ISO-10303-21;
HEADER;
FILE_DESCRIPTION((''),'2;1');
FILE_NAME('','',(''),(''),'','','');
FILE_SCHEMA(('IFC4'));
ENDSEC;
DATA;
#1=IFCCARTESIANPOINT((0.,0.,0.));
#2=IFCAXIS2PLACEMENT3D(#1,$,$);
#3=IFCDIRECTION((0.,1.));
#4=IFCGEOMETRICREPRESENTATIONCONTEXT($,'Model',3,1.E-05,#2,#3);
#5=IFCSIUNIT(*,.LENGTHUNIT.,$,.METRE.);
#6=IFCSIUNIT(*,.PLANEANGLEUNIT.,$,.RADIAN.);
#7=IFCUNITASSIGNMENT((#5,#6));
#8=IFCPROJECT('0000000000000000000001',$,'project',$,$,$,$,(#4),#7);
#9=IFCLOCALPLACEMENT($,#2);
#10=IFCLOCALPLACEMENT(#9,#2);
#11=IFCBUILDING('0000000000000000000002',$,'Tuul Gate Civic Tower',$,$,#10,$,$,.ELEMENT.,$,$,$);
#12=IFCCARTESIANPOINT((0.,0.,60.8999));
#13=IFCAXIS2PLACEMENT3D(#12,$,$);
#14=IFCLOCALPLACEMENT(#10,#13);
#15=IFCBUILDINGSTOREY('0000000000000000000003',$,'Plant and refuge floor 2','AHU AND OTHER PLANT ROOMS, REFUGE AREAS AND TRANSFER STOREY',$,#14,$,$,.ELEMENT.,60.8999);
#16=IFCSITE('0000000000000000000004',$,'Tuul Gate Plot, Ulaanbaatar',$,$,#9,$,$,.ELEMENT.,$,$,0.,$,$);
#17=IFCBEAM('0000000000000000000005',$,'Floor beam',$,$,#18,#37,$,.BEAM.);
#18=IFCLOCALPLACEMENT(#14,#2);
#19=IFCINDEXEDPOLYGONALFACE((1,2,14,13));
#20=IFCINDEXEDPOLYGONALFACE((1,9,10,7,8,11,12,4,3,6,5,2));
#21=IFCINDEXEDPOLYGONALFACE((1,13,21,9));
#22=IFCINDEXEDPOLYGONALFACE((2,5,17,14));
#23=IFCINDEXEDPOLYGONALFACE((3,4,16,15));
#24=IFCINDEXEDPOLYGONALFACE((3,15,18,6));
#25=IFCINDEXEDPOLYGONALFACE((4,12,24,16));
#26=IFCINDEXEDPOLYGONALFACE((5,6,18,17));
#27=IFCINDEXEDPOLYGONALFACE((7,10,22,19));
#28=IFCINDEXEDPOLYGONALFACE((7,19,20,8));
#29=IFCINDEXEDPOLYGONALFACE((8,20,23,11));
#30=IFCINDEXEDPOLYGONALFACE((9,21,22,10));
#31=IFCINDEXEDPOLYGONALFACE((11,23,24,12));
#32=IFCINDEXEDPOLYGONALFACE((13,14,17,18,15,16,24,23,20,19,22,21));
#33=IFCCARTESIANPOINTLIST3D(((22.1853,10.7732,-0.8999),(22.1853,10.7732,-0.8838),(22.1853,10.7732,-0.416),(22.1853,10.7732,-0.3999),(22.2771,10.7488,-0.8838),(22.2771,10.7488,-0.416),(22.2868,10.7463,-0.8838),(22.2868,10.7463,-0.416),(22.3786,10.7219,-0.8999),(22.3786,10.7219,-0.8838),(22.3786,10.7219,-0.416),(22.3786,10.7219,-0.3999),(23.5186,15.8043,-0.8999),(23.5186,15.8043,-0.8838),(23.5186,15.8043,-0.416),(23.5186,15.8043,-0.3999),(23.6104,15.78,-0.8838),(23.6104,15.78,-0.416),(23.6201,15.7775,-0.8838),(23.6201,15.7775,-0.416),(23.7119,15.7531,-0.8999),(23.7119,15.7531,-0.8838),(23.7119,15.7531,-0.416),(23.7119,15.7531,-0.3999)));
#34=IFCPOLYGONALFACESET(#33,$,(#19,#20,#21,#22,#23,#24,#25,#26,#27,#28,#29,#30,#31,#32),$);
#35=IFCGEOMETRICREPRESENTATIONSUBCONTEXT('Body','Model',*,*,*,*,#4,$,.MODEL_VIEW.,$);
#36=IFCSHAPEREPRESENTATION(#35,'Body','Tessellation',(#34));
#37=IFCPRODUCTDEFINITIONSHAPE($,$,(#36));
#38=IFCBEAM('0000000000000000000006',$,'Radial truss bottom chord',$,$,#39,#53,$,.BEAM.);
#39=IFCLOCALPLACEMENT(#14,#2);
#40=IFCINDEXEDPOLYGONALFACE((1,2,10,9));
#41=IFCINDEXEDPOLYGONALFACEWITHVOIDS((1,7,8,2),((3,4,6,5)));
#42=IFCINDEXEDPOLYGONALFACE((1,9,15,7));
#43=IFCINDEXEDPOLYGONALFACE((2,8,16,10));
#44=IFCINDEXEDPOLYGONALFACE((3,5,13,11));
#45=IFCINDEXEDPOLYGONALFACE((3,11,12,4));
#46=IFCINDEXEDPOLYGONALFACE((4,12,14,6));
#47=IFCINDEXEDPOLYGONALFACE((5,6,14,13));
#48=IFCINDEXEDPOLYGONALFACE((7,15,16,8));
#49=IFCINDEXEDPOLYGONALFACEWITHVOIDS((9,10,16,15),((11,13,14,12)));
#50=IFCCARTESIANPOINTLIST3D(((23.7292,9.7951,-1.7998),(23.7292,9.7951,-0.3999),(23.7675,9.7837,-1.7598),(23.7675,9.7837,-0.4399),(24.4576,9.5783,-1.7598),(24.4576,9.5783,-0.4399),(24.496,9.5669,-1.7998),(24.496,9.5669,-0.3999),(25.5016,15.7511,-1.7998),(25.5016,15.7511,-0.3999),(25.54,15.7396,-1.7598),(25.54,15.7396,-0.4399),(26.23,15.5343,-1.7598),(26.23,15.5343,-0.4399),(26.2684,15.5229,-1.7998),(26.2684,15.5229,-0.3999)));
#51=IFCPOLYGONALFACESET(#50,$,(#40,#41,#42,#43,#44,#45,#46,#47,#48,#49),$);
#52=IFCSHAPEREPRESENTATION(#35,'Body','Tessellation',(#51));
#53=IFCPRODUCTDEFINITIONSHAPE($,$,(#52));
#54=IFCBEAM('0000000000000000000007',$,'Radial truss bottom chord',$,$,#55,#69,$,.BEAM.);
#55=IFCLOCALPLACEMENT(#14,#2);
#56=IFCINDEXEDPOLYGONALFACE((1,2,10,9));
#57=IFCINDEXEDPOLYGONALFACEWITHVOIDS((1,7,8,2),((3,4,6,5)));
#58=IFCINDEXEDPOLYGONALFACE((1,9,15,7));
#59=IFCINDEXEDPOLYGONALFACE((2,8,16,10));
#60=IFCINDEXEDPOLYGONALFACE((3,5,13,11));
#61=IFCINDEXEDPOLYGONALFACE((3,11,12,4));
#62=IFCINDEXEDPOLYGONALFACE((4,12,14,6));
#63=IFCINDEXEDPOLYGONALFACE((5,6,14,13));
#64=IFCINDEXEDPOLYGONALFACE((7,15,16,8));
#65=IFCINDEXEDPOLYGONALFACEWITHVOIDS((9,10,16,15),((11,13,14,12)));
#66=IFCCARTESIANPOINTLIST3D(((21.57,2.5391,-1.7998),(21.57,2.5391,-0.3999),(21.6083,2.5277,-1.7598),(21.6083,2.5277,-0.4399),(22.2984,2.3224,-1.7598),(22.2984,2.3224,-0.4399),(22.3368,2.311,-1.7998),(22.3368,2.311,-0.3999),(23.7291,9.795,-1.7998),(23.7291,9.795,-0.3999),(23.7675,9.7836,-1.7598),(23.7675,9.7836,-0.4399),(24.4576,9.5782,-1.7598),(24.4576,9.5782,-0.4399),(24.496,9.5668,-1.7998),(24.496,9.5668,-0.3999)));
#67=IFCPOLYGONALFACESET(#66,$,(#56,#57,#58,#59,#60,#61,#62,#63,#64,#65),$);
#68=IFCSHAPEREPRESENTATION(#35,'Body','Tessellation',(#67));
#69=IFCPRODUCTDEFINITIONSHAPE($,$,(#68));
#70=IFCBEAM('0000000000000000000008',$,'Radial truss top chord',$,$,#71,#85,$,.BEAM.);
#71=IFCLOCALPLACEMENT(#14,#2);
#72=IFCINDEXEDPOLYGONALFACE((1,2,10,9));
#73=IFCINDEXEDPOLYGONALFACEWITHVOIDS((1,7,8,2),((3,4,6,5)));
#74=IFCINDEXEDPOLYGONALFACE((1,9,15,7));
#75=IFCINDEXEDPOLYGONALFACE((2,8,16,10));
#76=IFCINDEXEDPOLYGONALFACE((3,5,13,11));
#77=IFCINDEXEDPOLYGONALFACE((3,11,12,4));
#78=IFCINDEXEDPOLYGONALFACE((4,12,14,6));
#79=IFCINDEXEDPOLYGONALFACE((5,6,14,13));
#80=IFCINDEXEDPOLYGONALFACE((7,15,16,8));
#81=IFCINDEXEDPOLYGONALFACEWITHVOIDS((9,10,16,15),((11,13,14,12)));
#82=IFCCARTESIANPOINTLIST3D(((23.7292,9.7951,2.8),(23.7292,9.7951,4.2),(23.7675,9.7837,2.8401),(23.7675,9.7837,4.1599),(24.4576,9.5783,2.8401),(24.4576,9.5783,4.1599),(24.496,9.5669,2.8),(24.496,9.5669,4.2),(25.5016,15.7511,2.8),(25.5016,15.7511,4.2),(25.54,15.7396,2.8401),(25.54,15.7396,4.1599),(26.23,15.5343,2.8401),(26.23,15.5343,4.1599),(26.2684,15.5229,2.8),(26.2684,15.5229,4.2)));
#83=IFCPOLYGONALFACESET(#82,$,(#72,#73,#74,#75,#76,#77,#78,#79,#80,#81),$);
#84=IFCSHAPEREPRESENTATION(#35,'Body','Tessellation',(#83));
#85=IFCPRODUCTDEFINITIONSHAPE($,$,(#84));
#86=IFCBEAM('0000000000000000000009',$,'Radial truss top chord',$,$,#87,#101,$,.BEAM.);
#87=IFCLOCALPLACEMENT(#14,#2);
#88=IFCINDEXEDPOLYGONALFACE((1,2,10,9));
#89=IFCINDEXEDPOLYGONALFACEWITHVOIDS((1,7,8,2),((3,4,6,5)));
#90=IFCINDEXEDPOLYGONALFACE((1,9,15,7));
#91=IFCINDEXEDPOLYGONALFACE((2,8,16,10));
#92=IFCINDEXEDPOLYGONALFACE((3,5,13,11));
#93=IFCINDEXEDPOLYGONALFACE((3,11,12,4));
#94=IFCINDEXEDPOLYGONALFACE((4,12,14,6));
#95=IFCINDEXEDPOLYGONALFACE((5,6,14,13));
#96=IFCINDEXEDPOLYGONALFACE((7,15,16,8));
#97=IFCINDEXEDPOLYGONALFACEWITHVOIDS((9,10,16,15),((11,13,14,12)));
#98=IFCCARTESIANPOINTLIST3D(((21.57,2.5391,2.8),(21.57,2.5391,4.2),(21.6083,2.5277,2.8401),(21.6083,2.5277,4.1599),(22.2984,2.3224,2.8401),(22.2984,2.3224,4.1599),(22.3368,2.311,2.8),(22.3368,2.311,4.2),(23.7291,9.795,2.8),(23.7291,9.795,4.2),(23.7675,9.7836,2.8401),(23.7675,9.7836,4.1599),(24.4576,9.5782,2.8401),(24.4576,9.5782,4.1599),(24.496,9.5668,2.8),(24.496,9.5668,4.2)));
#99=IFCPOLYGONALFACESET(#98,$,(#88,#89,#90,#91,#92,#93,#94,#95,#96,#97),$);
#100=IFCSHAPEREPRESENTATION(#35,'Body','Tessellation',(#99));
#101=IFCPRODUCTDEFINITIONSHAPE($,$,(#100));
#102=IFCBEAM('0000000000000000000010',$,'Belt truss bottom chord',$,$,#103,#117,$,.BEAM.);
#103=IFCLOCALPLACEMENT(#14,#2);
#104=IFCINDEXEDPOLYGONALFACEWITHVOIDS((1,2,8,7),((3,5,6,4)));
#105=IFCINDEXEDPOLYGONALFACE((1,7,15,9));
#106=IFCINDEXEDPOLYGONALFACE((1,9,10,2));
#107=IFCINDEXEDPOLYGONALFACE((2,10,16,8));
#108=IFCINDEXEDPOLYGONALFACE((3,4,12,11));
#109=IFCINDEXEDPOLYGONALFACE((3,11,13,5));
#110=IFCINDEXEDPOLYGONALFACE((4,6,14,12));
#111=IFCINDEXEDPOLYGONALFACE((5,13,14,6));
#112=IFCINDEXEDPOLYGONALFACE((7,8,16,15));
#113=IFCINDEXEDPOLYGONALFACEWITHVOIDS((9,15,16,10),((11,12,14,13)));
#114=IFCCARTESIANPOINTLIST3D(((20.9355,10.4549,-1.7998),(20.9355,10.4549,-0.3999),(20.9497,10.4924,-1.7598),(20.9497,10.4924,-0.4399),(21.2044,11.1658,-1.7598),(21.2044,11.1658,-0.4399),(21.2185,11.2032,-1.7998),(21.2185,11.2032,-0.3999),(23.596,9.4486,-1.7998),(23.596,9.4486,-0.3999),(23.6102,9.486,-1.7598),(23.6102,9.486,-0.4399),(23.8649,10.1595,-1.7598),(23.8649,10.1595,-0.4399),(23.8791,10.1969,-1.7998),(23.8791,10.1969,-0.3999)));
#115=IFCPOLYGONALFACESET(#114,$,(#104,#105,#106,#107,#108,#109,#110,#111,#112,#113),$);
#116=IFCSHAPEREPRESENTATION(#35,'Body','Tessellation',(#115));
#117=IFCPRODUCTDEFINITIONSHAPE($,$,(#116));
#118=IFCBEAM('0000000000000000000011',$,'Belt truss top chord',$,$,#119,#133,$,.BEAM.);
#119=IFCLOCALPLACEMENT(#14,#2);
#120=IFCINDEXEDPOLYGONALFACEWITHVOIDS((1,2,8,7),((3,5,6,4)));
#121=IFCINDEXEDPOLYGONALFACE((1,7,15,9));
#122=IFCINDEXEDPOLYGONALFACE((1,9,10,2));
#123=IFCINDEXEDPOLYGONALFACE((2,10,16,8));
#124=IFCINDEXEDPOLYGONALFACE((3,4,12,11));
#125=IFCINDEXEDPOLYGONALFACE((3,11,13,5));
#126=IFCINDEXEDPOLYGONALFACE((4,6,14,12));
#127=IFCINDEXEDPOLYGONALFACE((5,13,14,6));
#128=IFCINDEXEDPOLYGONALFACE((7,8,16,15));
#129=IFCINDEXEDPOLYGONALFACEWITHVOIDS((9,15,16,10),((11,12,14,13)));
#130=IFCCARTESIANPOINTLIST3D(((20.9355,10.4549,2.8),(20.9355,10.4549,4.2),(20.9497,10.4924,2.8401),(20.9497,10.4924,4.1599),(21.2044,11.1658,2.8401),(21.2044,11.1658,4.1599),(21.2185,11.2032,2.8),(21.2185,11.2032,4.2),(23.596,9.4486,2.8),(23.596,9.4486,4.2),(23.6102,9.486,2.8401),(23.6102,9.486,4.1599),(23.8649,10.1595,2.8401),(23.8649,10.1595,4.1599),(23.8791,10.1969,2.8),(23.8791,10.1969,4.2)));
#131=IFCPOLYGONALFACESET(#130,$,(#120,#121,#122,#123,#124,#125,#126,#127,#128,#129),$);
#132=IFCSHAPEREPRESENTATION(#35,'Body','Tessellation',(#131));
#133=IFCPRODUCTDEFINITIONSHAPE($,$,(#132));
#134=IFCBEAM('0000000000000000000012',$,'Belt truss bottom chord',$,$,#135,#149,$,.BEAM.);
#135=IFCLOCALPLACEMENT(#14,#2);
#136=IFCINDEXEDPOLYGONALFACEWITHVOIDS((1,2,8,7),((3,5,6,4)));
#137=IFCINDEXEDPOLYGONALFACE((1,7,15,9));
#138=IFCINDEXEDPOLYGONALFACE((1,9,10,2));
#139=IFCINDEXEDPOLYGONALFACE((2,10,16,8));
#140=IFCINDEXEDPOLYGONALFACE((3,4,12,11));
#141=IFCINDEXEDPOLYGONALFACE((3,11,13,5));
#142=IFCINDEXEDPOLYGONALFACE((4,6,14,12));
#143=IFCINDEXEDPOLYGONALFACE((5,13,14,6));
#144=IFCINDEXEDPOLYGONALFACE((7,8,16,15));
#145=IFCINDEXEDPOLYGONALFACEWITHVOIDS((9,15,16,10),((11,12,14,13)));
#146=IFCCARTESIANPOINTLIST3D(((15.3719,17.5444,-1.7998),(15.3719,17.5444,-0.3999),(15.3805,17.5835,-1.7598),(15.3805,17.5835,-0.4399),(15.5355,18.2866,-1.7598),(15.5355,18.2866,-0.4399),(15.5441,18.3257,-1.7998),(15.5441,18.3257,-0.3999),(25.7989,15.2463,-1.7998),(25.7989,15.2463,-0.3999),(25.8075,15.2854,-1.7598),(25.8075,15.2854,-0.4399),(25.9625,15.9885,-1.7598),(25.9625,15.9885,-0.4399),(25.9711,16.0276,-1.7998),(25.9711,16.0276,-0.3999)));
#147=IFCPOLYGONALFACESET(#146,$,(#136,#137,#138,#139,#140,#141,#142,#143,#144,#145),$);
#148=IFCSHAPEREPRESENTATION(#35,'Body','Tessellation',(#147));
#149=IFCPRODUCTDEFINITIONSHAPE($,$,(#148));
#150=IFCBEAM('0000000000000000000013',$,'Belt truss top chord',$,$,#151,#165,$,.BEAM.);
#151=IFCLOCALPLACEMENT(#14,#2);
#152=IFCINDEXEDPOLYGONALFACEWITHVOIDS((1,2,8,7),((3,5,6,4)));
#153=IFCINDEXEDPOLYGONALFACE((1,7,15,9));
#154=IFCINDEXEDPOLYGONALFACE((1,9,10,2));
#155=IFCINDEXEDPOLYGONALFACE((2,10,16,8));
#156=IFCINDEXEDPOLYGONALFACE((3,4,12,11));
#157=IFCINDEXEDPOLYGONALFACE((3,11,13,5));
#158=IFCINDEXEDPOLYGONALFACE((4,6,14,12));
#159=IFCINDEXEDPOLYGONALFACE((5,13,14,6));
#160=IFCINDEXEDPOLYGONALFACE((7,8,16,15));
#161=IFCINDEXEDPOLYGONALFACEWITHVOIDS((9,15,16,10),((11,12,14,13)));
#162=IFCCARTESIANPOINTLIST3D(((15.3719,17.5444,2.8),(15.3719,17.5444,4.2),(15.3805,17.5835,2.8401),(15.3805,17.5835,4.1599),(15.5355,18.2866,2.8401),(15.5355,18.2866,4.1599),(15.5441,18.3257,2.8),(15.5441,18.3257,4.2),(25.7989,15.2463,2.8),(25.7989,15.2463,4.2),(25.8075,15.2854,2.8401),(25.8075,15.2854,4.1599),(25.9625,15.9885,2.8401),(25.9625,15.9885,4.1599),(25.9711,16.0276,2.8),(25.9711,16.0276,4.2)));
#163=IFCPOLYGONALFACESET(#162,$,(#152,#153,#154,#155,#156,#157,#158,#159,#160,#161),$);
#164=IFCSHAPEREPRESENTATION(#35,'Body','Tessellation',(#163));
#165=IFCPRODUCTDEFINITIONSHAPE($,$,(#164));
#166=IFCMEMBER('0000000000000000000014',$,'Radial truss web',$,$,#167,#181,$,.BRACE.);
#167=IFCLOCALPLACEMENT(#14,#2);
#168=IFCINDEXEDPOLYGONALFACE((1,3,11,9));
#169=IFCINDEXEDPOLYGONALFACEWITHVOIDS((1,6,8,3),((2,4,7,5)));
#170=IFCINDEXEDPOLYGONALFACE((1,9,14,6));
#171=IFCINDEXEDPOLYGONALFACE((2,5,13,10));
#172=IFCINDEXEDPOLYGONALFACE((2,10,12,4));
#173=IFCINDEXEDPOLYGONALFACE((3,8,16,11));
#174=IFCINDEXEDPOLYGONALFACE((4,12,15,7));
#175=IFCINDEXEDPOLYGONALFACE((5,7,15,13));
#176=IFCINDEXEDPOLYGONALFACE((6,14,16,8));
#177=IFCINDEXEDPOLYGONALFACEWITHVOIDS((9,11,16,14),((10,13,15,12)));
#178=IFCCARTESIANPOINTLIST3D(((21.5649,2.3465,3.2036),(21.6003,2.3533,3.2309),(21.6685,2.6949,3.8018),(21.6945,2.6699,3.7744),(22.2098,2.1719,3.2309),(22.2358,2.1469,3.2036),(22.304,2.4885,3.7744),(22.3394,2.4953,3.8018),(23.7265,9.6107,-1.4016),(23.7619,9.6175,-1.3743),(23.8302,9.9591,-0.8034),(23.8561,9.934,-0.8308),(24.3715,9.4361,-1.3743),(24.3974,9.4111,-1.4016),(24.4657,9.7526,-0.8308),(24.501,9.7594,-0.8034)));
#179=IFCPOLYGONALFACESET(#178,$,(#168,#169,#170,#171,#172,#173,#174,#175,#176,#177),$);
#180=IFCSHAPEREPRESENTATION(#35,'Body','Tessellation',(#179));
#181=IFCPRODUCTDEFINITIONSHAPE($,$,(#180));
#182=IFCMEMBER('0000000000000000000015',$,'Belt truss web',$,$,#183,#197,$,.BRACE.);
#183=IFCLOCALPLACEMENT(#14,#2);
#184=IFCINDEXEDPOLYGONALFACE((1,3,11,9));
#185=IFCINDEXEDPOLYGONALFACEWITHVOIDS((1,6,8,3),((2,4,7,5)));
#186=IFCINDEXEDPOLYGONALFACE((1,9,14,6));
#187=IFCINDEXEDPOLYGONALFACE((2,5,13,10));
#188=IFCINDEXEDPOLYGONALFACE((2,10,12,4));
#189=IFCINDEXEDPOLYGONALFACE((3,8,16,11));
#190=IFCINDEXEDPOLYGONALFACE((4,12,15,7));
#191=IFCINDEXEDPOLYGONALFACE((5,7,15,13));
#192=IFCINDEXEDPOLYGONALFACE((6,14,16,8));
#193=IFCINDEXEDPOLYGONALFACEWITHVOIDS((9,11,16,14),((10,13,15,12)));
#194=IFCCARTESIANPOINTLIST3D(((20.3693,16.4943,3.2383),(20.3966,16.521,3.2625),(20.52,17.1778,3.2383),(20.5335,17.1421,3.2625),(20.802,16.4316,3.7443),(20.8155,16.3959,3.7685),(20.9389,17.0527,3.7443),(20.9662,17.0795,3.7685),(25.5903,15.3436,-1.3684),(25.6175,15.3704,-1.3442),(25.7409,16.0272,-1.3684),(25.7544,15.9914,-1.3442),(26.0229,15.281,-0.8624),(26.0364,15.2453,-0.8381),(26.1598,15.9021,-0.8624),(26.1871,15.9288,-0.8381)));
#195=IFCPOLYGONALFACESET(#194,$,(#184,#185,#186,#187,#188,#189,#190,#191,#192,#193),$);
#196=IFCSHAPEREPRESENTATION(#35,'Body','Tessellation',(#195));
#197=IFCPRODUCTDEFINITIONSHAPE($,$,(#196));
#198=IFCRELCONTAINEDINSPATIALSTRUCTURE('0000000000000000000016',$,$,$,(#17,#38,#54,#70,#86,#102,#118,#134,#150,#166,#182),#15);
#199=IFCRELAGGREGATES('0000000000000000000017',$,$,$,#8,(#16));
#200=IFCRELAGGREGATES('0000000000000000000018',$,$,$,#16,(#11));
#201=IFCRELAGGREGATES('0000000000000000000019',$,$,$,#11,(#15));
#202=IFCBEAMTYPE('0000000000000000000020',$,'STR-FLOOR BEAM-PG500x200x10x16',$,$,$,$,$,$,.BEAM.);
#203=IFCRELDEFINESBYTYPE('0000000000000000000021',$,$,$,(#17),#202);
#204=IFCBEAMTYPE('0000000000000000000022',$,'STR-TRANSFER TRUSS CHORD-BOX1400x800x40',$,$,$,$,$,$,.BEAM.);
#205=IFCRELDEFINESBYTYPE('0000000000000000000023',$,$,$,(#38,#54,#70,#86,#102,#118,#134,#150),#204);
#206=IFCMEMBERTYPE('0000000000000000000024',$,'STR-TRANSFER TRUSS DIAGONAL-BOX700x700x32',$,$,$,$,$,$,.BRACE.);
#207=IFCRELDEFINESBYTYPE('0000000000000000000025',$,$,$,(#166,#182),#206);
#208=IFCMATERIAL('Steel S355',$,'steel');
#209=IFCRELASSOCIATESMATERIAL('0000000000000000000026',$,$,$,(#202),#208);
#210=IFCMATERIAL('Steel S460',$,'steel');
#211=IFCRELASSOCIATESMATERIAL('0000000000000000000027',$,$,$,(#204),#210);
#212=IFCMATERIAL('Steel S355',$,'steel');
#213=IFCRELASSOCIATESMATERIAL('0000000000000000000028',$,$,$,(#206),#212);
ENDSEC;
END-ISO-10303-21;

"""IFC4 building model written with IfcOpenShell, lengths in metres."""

from ifc_helpers import new_model, si_unit, direction, frame, origin, origin_2d, place, context, subcontext, project, spatial, hollow_rectangle, i_section, extrude, material, material_profile, profile_set, type_object, element, save


model = new_model("IFC4")

# Units and contexts
model_context = context("Model", 3, precision=1e-05, world=origin(), true_north=direction((0.0, 1.0)))
body_context = subcontext(model_context, "Body", "Model", "MODEL_VIEW")
ifc_project = project(units=[si_unit("LENGTHUNIT", "METRE"), si_unit("PLANEANGLEUNIT", "RADIAN")], contexts=[model_context])

# Site, building, storey
site_placement = place(None, origin())
site = spatial("IfcSite", under=ifc_project, at=site_placement, Name="Tuul Gate Plot, Ulaanbaatar", CompositionType="ELEMENT", RefElevation=0.0)
building_placement = place(site_placement, origin())
building = spatial("IfcBuilding", under=site, at=building_placement, Name="Tuul Gate Civic Tower", CompositionType="ELEMENT")
storey_placement = place(building_placement, frame((0.0, 0.0, 60.8999)))
storey = spatial("IfcBuildingStorey", under=building, at=storey_placement, Name="Plant and refuge floor 2", Description="AHU AND OTHER PLANT ROOMS, REFUGE AREAS AND TRANSFER STOREY", CompositionType="ELEMENT", Elevation=60.8999)

# Beams
ifc_material_1 = material(Name="Steel S355", Category="steel")
ifc_material_profile_1 = material_profile(ifc_material_1, i_section(OverallWidth=0.2, OverallDepth=0.5, WebThickness=0.01, FlangeThickness=0.0161, at=origin_2d()), Name="PG500x200x10x16")
ifc_profile_set_1 = profile_set([ifc_material_profile_1], Name="Steel S355")
beam_type_1 = type_object("IfcBeamType", Name="STR-FLOOR BEAM-PG500x200x10x16", PredefinedType="BEAM", material=ifc_profile_set_1)
beam_1_placement = place(storey_placement, frame((22.282, 10.7476, -0.6499), z_axis=(0.256153, 0.966636, 0.0), x_axis=(-0.966636, 0.256153, 0.0)))
element("IfcBeam", 1, at=beam_1_placement, inside=storey, type_object=beam_type_1, Name="Floor beam", PredefinedType="BEAM", context=body_context, shape_type="SweptSolid", body=[
    extrude(i_section(OverallWidth=0.2, OverallDepth=0.5, WebThickness=0.01, FlangeThickness=0.0161, at=origin_2d()), origin(), (0.0, 0.0, 1.0), 5.2048),
])
ifc_material_2 = material(Name="Steel S460", Category="steel")
ifc_material_profile_2 = material_profile(ifc_material_2, hollow_rectangle(XDim=0.8, YDim=1.3999, WallThickness=0.04, at=origin_2d()), Name="BOX1400x800x40")
ifc_profile_set_2 = profile_set([ifc_material_profile_2], Name="Steel S460")
beam_type_2 = type_object("IfcBeamType", Name="STR-TRANSFER TRUSS CHORD-BOX1400x800x40", PredefinedType="BEAM", material=ifc_profile_set_2)
beam_2_placement = place(storey_placement, frame((25.885, 15.637, -1.0999), z_axis=(-0.285228, -0.95846, 0.0), x_axis=(0.95846, -0.285228, 0.0)))
element("IfcBeam", 2, at=beam_2_placement, inside=storey, type_object=beam_type_2, Name="Radial truss bottom chord", PredefinedType="BEAM", context=body_context, shape_type="SweptSolid", body=[
    extrude(hollow_rectangle(XDim=0.8, YDim=1.3999, WallThickness=0.04, at=origin_2d()), origin(), (0.0, 0.0, 1.0), 6.2141),
])
beam_3_placement = place(storey_placement, frame((24.1125, 9.6809, -1.0999), z_axis=(-0.285217, -0.958463, 0.0), x_axis=(0.958463, -0.285217, 0.0)))
element("IfcBeam", 3, at=beam_3_placement, inside=storey, type_object=beam_type_2, Name="Radial truss bottom chord", PredefinedType="BEAM", context=body_context, shape_type="SweptSolid", body=[
    extrude(hollow_rectangle(XDim=0.8, YDim=1.3999, WallThickness=0.04, at=origin_2d()), origin(), (0.0, 0.0, 1.0), 7.5703),
])
beam_4_placement = place(storey_placement, frame((25.885, 15.637, 3.5), z_axis=(-0.285228, -0.95846, 0.0), x_axis=(0.95846, -0.285228, 0.0)))
element("IfcBeam", 4, at=beam_4_placement, inside=storey, type_object=beam_type_2, Name="Radial truss top chord", PredefinedType="BEAM", context=body_context, shape_type="SweptSolid", body=[
    extrude(hollow_rectangle(XDim=0.8, YDim=1.3999, WallThickness=0.04, at=origin_2d()), origin(), (0.0, 0.0, 1.0), 6.2141),
])
beam_5_placement = place(storey_placement, frame((24.1125, 9.6809, 3.5), z_axis=(-0.285217, -0.958463, 0.0), x_axis=(0.958463, -0.285217, 0.0)))
element("IfcBeam", 5, at=beam_5_placement, inside=storey, type_object=beam_type_2, Name="Radial truss top chord", PredefinedType="BEAM", context=body_context, shape_type="SweptSolid", body=[
    extrude(hollow_rectangle(XDim=0.8, YDim=1.3999, WallThickness=0.04, at=origin_2d()), origin(), (0.0, 0.0, 1.0), 7.5703),
])
for number, where, z_axis, x_axis, name in (
    (6, (23.7375, 9.8228, -1.0999), (-0.935331, 0.353774, 0.0), (-0.353774, -0.935331, 0.0), "Belt truss bottom chord"),
    (7, (23.7375, 9.8228, 3.5), (-0.935331, 0.353774, 0.0), (-0.353774, -0.935331, 0.0), "Belt truss top chord"),
):
    element("IfcBeam", number, at=place(storey_placement, frame(where, z_axis=z_axis, x_axis=x_axis)), inside=storey, type_object=beam_type_2, Name=name, PredefinedType="BEAM", context=body_context, shape_type="SweptSolid", body=[
        extrude(hollow_rectangle(XDim=0.8, YDim=1.3999, WallThickness=0.04, at=origin_2d()), origin(), (0.0, 0.0, 1.0), 2.8445),
    ])
for number, where, z_axis, x_axis, name in (
    (8, (25.885, 15.637, -1.0999), (-0.976563, 0.215233, 0.0), (-0.215233, -0.976563, 0.0), "Belt truss bottom chord"),
    (9, (25.885, 15.637, 3.5), (-0.976563, 0.215233, 0.0), (-0.215233, -0.976563, 0.0), "Belt truss top chord"),
):
    element("IfcBeam", number, at=place(storey_placement, frame(where, z_axis=z_axis, x_axis=x_axis)), inside=storey, type_object=beam_type_2, Name=name, PredefinedType="BEAM", context=body_context, shape_type="SweptSolid", body=[
        extrude(hollow_rectangle(XDim=0.8, YDim=1.3999, WallThickness=0.04, at=origin_2d()), origin(), (0.0, 0.0, 1.0), 10.6772),
    ])

# Members
ifc_material_3 = material(Name="Steel S355", Category="steel")
ifc_material_profile_3 = material_profile(ifc_material_3, hollow_rectangle(XDim=0.7, YDim=0.7, WallThickness=0.032, at=origin_2d()), Name="BOX700x700x32")
ifc_profile_set_3 = profile_set([ifc_material_profile_3], Name="Steel S355")
member_type_1 = type_object("IfcMemberType", Name="STR-TRANSFER TRUSS DIAGONAL-BOX700x700x32", PredefinedType="BRACE", material=ifc_profile_set_3)
member_placement = place(storey_placement, frame((24.1138, 9.6851, -1.1025), z_axis=(-0.243744, -0.819105, 0.519284), x_axis=(0.958464, -0.285213, 0.0)))
element("IfcMember", 10, at=member_placement, inside=storey, type_object=member_type_1, Name="Radial truss web", PredefinedType="BRACE", context=body_context, shape_type="SweptSolid", body=[
    extrude(hollow_rectangle(XDim=0.7, YDim=0.7, WallThickness=0.032, at=origin_2d()), origin(), (0.0, 0.0, 1.0), 8.8684),
])
for number, where, z_axis, x_axis, name in (
    (11, (25.8887, 15.6362, -1.1033), (-0.739806, 0.163044, 0.652766), (-0.215223, -0.976565, 0.0), "Belt truss web"),
):
    element("IfcMember", number, at=place(storey_placement, frame(where, z_axis=z_axis, x_axis=x_axis)), inside=storey, type_object=member_type_1, Name=name, PredefinedType="BRACE", context=body_context, shape_type="SweptSolid", body=[
        extrude(hollow_rectangle(XDim=0.7, YDim=0.7, WallThickness=0.032, at=origin_2d()), origin(), (0.0, 0.0, 1.0), 7.0571),
    ])

save(model, "model.ifc")
